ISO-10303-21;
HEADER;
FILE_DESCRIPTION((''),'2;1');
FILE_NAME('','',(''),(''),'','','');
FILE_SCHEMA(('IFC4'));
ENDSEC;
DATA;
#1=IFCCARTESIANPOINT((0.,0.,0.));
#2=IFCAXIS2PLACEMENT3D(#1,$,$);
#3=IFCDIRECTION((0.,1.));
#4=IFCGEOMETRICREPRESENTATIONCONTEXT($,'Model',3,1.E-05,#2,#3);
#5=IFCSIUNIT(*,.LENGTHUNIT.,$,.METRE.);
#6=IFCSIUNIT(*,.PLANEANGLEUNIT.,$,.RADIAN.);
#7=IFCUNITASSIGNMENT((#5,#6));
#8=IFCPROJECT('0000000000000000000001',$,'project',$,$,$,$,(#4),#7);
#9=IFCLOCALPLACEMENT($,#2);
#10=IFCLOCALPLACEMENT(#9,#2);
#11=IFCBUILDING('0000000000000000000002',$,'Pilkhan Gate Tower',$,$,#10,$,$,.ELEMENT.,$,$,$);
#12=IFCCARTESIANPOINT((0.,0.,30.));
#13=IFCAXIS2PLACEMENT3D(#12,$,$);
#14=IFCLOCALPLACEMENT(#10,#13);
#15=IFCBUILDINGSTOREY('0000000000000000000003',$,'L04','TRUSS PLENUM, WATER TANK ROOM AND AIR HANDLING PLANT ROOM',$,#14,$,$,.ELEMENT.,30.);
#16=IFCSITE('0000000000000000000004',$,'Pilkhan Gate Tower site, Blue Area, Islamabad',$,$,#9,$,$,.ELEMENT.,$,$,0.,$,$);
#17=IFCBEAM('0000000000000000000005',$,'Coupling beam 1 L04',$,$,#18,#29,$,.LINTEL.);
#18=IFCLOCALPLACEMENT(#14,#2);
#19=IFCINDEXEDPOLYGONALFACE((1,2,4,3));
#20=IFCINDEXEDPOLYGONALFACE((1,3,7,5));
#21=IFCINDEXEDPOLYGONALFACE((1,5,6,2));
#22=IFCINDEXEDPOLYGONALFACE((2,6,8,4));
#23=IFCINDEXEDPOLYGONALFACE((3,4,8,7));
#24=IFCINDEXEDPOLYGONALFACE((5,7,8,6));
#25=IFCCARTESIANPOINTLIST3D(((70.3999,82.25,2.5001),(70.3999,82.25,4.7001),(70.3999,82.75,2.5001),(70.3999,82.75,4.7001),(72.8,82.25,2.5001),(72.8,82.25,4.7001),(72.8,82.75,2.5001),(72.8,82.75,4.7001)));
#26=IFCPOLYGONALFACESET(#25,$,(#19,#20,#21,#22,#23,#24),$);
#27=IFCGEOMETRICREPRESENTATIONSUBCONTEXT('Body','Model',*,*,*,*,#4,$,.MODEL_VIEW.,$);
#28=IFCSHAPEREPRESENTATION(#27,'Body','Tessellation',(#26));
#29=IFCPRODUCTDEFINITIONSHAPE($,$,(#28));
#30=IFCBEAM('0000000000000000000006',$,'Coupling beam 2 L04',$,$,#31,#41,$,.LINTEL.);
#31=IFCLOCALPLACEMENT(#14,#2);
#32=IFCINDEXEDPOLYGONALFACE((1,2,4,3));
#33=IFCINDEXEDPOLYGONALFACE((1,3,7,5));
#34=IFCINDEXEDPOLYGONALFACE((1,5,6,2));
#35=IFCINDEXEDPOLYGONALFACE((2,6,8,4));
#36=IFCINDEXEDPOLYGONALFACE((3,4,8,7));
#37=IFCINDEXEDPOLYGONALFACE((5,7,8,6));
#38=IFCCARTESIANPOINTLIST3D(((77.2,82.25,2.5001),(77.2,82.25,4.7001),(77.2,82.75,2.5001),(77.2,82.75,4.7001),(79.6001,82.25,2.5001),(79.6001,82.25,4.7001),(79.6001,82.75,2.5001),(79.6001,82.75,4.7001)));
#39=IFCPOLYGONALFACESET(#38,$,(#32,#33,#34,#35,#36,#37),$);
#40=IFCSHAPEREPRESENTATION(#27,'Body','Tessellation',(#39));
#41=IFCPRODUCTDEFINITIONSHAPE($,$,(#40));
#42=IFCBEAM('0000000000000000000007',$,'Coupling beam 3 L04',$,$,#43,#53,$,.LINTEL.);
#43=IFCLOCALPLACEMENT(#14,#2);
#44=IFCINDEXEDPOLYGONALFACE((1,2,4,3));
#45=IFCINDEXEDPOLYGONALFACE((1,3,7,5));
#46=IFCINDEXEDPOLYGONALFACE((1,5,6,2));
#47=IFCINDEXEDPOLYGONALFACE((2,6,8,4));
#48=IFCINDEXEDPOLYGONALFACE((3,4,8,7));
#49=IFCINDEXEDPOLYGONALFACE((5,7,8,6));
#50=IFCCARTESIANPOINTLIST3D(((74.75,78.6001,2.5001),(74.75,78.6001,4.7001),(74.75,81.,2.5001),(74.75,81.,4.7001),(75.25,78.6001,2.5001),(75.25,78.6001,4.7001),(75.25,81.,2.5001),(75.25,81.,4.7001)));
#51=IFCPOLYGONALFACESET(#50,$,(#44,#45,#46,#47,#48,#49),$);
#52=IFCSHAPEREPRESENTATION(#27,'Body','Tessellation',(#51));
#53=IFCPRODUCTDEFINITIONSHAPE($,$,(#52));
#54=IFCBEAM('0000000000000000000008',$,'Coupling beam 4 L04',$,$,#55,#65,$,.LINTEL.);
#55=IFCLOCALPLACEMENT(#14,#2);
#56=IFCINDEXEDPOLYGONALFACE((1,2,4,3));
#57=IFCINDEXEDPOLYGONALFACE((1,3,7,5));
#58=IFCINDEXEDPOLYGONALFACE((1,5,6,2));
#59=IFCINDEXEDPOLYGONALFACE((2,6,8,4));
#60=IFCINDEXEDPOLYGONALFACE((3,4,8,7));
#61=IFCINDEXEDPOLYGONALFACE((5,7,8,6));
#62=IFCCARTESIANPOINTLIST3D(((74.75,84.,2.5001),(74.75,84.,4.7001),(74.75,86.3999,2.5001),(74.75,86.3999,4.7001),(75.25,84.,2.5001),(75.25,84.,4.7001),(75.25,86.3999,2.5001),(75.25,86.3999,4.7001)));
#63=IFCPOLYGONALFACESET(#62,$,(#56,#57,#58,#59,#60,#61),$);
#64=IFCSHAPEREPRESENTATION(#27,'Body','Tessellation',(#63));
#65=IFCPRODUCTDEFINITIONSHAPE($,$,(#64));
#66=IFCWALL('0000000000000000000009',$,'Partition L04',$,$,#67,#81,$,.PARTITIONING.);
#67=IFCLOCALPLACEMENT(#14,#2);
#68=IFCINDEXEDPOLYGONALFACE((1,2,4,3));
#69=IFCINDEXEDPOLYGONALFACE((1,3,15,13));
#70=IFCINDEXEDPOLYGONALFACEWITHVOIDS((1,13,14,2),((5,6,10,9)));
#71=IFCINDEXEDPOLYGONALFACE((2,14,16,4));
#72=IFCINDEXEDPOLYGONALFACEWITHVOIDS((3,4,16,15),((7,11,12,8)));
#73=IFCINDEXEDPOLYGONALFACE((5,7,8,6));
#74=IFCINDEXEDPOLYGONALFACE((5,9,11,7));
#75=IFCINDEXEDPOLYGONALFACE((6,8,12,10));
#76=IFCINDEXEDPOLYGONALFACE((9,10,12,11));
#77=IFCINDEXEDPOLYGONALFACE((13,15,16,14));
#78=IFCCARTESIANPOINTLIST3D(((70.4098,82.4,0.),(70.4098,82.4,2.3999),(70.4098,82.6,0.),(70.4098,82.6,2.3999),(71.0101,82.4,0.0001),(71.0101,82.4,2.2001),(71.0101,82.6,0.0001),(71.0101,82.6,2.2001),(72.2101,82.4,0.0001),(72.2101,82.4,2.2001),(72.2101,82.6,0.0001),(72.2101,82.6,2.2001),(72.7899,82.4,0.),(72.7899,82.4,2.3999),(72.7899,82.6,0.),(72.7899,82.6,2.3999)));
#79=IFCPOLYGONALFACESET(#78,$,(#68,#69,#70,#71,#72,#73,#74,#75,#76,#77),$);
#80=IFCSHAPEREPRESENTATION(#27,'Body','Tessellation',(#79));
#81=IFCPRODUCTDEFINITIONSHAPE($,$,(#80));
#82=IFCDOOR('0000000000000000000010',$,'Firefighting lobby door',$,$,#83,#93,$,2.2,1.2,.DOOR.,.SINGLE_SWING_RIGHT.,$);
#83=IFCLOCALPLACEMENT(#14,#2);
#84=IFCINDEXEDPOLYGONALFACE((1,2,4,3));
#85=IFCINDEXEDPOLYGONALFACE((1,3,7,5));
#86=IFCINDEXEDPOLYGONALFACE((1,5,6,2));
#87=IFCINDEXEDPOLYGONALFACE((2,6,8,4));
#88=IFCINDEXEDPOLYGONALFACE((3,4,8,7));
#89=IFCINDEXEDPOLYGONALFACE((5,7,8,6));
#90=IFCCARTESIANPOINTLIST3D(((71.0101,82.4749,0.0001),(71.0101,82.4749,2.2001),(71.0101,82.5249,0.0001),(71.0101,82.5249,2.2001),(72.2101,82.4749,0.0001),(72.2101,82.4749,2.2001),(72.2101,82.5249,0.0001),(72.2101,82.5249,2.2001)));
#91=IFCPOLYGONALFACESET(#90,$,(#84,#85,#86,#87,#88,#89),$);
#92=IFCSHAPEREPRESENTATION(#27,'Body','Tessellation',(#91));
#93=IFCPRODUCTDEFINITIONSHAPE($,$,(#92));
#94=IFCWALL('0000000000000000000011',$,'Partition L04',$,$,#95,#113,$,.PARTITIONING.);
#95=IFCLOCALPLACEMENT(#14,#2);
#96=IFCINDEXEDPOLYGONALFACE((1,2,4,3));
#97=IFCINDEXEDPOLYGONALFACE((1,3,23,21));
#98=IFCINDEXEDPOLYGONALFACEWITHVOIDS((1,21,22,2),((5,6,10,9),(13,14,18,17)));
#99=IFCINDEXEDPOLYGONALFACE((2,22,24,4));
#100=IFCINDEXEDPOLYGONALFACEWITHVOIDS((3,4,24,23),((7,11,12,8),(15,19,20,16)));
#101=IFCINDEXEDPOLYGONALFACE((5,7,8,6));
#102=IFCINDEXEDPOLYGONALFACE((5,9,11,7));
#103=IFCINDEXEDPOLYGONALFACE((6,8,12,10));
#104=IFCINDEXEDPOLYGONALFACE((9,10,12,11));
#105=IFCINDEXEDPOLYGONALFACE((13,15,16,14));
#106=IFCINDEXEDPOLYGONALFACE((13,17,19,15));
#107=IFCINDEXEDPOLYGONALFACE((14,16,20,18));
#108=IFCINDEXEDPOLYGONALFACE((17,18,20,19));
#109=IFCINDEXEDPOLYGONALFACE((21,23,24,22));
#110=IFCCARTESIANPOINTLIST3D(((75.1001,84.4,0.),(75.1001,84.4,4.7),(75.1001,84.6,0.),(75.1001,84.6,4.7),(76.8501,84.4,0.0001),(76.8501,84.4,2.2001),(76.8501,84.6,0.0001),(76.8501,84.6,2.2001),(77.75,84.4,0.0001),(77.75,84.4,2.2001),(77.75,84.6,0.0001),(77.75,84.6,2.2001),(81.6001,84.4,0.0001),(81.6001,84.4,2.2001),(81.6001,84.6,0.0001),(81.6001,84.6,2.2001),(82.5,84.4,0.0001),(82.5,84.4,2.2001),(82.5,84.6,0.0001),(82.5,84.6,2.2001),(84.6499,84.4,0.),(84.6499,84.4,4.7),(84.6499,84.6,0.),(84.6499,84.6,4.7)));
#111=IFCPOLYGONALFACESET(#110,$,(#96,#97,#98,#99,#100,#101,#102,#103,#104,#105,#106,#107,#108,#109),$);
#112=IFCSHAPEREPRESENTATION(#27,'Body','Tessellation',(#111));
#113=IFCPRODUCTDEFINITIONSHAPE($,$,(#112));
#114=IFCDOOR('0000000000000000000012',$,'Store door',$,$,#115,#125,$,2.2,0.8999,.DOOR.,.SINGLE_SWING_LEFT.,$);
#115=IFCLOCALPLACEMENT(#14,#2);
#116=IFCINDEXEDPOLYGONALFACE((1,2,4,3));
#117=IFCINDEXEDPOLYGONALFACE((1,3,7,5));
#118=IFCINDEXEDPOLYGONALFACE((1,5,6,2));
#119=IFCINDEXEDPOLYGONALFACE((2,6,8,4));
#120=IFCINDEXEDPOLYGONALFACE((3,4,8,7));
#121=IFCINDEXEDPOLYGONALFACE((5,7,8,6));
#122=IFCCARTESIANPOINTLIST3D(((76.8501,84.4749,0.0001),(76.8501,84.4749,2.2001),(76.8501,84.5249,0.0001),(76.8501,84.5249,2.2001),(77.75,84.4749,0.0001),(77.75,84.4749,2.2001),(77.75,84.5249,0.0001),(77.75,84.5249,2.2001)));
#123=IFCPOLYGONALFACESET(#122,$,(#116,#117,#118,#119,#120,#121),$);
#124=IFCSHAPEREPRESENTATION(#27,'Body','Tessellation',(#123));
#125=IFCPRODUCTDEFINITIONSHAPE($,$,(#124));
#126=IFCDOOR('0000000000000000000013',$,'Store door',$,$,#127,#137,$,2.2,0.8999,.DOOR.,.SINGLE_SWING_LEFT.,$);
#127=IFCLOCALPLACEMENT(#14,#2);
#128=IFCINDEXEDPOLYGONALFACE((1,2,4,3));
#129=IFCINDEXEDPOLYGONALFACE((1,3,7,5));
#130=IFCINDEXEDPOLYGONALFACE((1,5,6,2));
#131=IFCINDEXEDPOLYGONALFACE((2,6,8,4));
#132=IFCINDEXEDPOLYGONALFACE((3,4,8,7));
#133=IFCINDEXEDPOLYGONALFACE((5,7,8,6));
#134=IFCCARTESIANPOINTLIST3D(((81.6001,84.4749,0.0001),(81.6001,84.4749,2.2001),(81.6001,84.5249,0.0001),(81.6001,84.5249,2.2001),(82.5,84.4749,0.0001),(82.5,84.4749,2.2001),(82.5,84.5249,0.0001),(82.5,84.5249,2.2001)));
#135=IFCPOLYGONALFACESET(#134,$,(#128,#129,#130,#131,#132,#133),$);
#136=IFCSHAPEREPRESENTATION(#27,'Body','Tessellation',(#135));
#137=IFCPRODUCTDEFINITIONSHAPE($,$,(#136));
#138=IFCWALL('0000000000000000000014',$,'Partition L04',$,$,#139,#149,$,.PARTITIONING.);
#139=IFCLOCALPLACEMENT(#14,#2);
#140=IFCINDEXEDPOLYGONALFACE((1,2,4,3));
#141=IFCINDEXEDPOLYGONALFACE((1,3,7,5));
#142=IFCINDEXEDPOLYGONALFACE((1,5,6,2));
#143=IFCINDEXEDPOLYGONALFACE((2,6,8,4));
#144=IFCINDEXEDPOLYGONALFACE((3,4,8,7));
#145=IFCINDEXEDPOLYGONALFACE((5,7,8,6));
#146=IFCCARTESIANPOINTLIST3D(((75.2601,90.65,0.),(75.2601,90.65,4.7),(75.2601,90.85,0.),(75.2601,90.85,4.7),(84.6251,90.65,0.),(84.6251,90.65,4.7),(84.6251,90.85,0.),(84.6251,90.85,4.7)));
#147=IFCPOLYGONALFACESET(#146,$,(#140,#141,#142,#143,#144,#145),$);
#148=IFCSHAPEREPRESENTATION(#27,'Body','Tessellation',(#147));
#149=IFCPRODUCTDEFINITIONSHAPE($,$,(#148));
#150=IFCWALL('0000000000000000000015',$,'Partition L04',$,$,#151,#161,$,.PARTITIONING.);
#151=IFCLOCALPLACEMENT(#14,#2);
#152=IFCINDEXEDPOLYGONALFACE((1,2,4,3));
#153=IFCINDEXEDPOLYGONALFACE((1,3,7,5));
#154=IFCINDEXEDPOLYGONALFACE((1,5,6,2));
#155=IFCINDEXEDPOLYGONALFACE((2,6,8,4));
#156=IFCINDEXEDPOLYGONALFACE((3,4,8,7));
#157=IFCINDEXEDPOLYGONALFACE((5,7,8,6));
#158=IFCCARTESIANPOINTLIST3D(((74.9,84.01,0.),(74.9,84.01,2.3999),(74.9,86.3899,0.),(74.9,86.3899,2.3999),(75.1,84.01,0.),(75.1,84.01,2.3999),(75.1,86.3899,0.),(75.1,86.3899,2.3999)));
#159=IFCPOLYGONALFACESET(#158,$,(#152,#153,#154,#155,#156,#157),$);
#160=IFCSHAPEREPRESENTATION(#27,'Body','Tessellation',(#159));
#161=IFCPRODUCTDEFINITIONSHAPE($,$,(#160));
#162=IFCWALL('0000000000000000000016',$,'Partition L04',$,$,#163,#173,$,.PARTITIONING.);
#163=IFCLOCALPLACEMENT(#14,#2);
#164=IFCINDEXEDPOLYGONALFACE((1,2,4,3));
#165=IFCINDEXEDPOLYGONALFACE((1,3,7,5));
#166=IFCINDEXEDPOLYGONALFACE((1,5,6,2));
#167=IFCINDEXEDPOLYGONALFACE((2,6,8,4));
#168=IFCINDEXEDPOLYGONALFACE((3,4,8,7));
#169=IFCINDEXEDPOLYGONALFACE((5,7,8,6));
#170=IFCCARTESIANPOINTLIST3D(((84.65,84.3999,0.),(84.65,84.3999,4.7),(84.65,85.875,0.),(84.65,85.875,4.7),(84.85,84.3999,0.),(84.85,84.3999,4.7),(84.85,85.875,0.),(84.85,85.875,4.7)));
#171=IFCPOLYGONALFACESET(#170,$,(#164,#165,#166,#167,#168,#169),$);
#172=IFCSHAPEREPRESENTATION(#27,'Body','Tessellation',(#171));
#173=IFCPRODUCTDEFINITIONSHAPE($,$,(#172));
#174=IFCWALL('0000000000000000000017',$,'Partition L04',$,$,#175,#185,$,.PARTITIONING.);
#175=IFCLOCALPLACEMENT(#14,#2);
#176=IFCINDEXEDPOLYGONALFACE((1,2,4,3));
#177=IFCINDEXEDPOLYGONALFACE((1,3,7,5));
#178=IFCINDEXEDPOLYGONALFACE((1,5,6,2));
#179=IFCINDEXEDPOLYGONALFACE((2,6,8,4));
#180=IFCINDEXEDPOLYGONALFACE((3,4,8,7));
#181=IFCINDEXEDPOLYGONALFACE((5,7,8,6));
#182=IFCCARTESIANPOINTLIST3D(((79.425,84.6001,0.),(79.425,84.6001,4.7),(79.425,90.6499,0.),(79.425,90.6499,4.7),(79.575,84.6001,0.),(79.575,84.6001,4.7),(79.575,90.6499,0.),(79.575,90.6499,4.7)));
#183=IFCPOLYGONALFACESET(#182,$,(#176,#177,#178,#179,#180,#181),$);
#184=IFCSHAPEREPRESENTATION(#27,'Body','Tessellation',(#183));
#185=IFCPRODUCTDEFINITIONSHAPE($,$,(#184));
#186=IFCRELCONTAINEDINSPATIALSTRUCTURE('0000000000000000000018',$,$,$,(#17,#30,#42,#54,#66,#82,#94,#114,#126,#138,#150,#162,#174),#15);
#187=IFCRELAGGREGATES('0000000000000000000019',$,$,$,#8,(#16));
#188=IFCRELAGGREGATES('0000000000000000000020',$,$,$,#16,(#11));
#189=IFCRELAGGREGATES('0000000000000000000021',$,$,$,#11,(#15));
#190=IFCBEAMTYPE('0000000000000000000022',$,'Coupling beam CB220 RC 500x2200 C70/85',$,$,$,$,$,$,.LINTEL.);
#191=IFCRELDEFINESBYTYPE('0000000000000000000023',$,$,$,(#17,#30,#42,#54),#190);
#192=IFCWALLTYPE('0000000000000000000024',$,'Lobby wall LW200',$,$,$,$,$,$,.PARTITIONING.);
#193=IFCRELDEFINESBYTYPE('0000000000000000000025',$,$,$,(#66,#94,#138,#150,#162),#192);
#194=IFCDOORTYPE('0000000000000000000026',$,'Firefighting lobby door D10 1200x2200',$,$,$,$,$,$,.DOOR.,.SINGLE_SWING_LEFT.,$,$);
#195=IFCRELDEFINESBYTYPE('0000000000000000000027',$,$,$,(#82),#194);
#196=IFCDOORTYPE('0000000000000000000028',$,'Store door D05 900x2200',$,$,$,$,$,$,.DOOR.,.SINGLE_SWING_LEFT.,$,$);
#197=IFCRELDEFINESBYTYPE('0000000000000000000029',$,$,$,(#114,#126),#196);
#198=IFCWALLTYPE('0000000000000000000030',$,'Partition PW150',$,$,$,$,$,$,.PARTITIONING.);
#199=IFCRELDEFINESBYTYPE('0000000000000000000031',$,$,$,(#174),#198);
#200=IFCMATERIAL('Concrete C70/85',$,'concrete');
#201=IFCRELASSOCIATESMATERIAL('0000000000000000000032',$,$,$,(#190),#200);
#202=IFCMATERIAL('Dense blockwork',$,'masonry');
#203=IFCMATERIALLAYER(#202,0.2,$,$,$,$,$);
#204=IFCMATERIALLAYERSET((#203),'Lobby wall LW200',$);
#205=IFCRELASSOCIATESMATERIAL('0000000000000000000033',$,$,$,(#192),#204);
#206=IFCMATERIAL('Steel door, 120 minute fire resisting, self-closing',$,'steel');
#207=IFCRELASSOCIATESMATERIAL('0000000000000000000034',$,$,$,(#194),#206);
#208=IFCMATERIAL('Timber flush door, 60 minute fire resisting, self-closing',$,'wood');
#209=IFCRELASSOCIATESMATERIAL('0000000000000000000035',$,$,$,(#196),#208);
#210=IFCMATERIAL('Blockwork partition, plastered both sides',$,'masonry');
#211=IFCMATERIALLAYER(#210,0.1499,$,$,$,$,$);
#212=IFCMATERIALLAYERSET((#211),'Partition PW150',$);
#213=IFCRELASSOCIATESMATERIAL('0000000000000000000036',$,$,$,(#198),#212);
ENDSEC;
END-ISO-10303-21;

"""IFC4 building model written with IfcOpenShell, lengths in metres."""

from ifc_helpers import new_model, si_unit, direction, frame, frame_2d, origin, origin_2d, place, context, subcontext, project, spatial, rectangle, extrude, material, layer, layer_set, material_profile, profile_set, type_object, element, fill, save


model = new_model("IFC4")

# Units and contexts
model_context = context("Model", 3, precision=1e-05, world=origin(), true_north=direction((0.0, 1.0)))
body_context = subcontext(model_context, "Body", "Model", "MODEL_VIEW")
ifc_project = project(units=[si_unit("LENGTHUNIT", "METRE"), si_unit("PLANEANGLEUNIT", "RADIAN")], contexts=[model_context])

# Site, building, storey
site_placement = place(None, origin())
site = spatial("IfcSite", under=ifc_project, at=site_placement, Name="Pilkhan Gate Tower site, Blue Area, Islamabad", CompositionType="ELEMENT", RefElevation=0.0)
building_placement = place(site_placement, origin())
building = spatial("IfcBuilding", under=site, at=building_placement, Name="Pilkhan Gate Tower", CompositionType="ELEMENT")
storey_placement = place(building_placement, frame((0.0, 0.0, 30.0)))
storey = spatial("IfcBuildingStorey", under=building, at=storey_placement, Name="L04", Description="TRUSS PLENUM, WATER TANK ROOM AND AIR HANDLING PLANT ROOM", CompositionType="ELEMENT", Elevation=30.0)

# Beams
ifc_material_1 = material(Name="Concrete C70/85", Category="concrete")
ifc_material_profile = material_profile(ifc_material_1, rectangle(XDim=0.5, YDim=2.2, at=origin_2d()), Name="RC 500x2200")
ifc_profile_set = profile_set([ifc_material_profile], Name="Concrete C70/85")
beam_type = type_object("IfcBeamType", Name="Coupling beam CB220 RC 500x2200 C70/85", PredefinedType="LINTEL", material=ifc_profile_set)
for number, where, z_axis, x_axis, name in (
    (1, (70.3999, 82.5, 3.6001), (1.0, 0.0, 0.0), (0.0, 1.0, 0.0), "Coupling beam 1 L04"),
    (2, (77.2, 82.5, 3.6001), (1.0, 0.0, 0.0), (0.0, 1.0, 0.0), "Coupling beam 2 L04"),
):
    element("IfcBeam", number, at=place(storey_placement, frame(where, z_axis=z_axis, x_axis=x_axis)), inside=storey, type_object=beam_type, Name=name, PredefinedType="LINTEL", context=body_context, shape_type="SweptSolid", body=[
        extrude(rectangle(XDim=0.5, YDim=2.2, at=origin_2d()), origin(), (0.0, 0.0, 1.0), 2.4001),
    ])
for number, where, z_axis, x_axis, name in (
    (3, (75.0, 78.6001, 3.6001), (0.0, 1.0, 0.0), (-1.0, 0.0, 0.0), "Coupling beam 3 L04"),
    (4, (75.0, 84.0, 3.6001), (0.0, 1.0, 0.0), (-1.0, 0.0, 0.0), "Coupling beam 4 L04"),
):
    element("IfcBeam", number, at=place(storey_placement, frame(where, z_axis=z_axis, x_axis=x_axis)), inside=storey, type_object=beam_type, Name=name, PredefinedType="LINTEL", context=body_context, shape_type="SweptSolid", body=[
        extrude(rectangle(XDim=0.5, YDim=2.2, at=origin_2d()), origin(), (0.0, 0.0, 1.0), 2.3999),
    ])

# Wall, opening, door
ifc_material_2 = material(Name="Dense blockwork", Category="masonry")
ifc_layer_1 = layer(ifc_material_2, 0.2)
ifc_layer_set_1 = layer_set([ifc_layer_1], Name="Lobby wall LW200")
wall_type_1 = type_object("IfcWallType", Name="Lobby wall LW200", PredefinedType="PARTITIONING", material=ifc_layer_set_1)
wall_1_placement = place(storey_placement, frame((70.4099, 82.5, 0.0), z_axis=(0.0, 0.0, 1.0), x_axis=(1.0, 0.0, 0.0)))
wall_1 = element("IfcWall", 5, at=wall_1_placement, inside=storey, type_object=wall_type_1, Name="Partition L04", PredefinedType="PARTITIONING", context=body_context, shape_type="SweptSolid", body=[
    extrude(rectangle(XDim=2.3801, YDim=0.2, at=frame_2d((1.1899, 0.0))), origin(), (0.0, 0.0, 1.0), 2.3999),
])
opening_1_placement = place(wall_1_placement, frame((0.6001, 0.0, 0.0)))
opening_1 = element("IfcOpeningElement", 6, at=opening_1_placement, cuts=wall_1, PredefinedType="OPENING", context=body_context, shape_type="SweptSolid", body=[
    extrude(rectangle(XDim=1.2, YDim=2.2, at=frame_2d((0.6001, 1.1001))), frame((0.0, 0.1099, 0.0), z_axis=(0.0, -1.0, 0.0), x_axis=(1.0, 0.0, 0.0)), (0.0, 0.0, 1.0), 0.22),
])
ifc_material_3 = material(Name="Steel door, 120 minute fire resisting, self-closing", Category="steel")
door_type_1 = type_object("IfcDoorType", Name="Firefighting lobby door D10 1200x2200", OperationType="SINGLE_SWING_LEFT", PredefinedType="DOOR", material=ifc_material_3)
door_1_placement = place(opening_1_placement, origin())
door_1 = element("IfcDoor", 7, at=door_1_placement, inside=storey, type_object=door_type_1, Name="Firefighting lobby door", OperationType="SINGLE_SWING_RIGHT", OverallHeight=2.2, OverallWidth=1.2, PredefinedType="DOOR", context=body_context, shape_type="SweptSolid", body=[
    extrude(rectangle(XDim=1.2, YDim=2.2, at=frame_2d((0.6001, 1.1001))), frame((0.0, 0.0249, 0.0), z_axis=(0.0, -1.0, 0.0), x_axis=(1.0, 0.0, 0.0)), (0.0, 0.0, 1.0), 0.05),
])
fill(opening_1, door_1)

# Wall, openings, doors
wall_2_placement = place(storey_placement, frame((75.1001, 84.5, 0.0), z_axis=(0.0, 0.0, 1.0), x_axis=(1.0, 0.0, 0.0)))
wall_2 = element("IfcWall", 8, at=wall_2_placement, inside=storey, type_object=wall_type_1, Name="Partition L04", PredefinedType="PARTITIONING", context=body_context, shape_type="SweptSolid", body=[
    extrude(rectangle(XDim=9.5498, YDim=0.2, at=frame_2d((4.7749, 0.0))), origin(), (0.0, 0.0, 1.0), 4.7),
])
opening_2_placement = place(wall_2_placement, frame((1.75, 0.0, 0.0)))
opening_2 = element("IfcOpeningElement", 9, at=opening_2_placement, cuts=wall_2, PredefinedType="OPENING", context=body_context, shape_type="SweptSolid", body=[
    extrude(rectangle(XDim=0.8999, YDim=2.2, at=frame_2d((0.45, 1.1001))), frame((0.0, 0.1099, 0.0), z_axis=(0.0, -1.0, 0.0), x_axis=(1.0, 0.0, 0.0)), (0.0, 0.0, 1.0), 0.22),
])
opening_3_placement = place(wall_2_placement, frame((6.5, 0.0, 0.0)))
opening_3 = element("IfcOpeningElement", 10, at=opening_3_placement, cuts=wall_2, PredefinedType="OPENING", context=body_context, shape_type="SweptSolid", body=[
    extrude(rectangle(XDim=0.8999, YDim=2.2, at=frame_2d((0.45, 1.1001))), frame((0.0, 0.1099, 0.0), z_axis=(0.0, -1.0, 0.0), x_axis=(1.0, 0.0, 0.0)), (0.0, 0.0, 1.0), 0.22),
])
ifc_material_4 = material(Name="Timber flush door, 60 minute fire resisting, self-closing", Category="wood")
door_type_2 = type_object("IfcDoorType", Name="Store door D05 900x2200", OperationType="SINGLE_SWING_LEFT", PredefinedType="DOOR", material=ifc_material_4)
door_2_placement = place(opening_2_placement, origin())
door_2 = element("IfcDoor", 11, at=door_2_placement, inside=storey, type_object=door_type_2, Name="Store door", OperationType="SINGLE_SWING_LEFT", OverallHeight=2.2, OverallWidth=0.8999, PredefinedType="DOOR", context=body_context, shape_type="SweptSolid", body=[
    extrude(rectangle(XDim=0.8999, YDim=2.2, at=frame_2d((0.45, 1.1001))), frame((0.0, 0.0249, 0.0), z_axis=(0.0, -1.0, 0.0), x_axis=(1.0, 0.0, 0.0)), (0.0, 0.0, 1.0), 0.05),
])
fill(opening_2, door_2)
door_3_placement = place(opening_3_placement, origin())
door_3 = element("IfcDoor", 12, at=door_3_placement, inside=storey, type_object=door_type_2, Name="Store door", OperationType="SINGLE_SWING_LEFT", OverallHeight=2.2, OverallWidth=0.8999, PredefinedType="DOOR", context=body_context, shape_type="SweptSolid", body=[
    extrude(rectangle(XDim=0.8999, YDim=2.2, at=frame_2d((0.45, 1.1001))), frame((0.0, 0.0249, 0.0), z_axis=(0.0, -1.0, 0.0), x_axis=(1.0, 0.0, 0.0)), (0.0, 0.0, 1.0), 0.05),
])
fill(opening_3, door_3)

# Walls
wall_3_placement = place(storey_placement, frame((75.26, 90.75, 0.0), z_axis=(0.0, 0.0, 1.0), x_axis=(1.0, 0.0, 0.0)))
element("IfcWall", 13, at=wall_3_placement, inside=storey, type_object=wall_type_1, Name="Partition L04", PredefinedType="PARTITIONING", context=body_context, shape_type="SweptSolid", body=[
    extrude(rectangle(XDim=9.365, YDim=0.2, at=frame_2d((4.6826, 0.0))), origin(), (0.0, 0.0, 1.0), 4.7),
])
wall_4_placement = place(storey_placement, frame((75.0, 84.01, 0.0), z_axis=(0.0, 0.0, 1.0), x_axis=(0.0, 1.0, 0.0)))
element("IfcWall", 14, at=wall_4_placement, inside=storey, type_object=wall_type_1, Name="Partition L04", PredefinedType="PARTITIONING", context=body_context, shape_type="SweptSolid", body=[
    extrude(rectangle(XDim=2.3799, YDim=0.2, at=frame_2d((1.1899, 0.0))), origin(), (0.0, 0.0, 1.0), 2.3999),
])
wall_5_placement = place(storey_placement, frame((84.75, 84.3999, 0.0), z_axis=(0.0, 0.0, 1.0), x_axis=(0.0, 1.0, 0.0)))
element("IfcWall", 15, at=wall_5_placement, inside=storey, type_object=wall_type_1, Name="Partition L04", PredefinedType="PARTITIONING", context=body_context, shape_type="SweptSolid", body=[
    extrude(rectangle(XDim=1.4751, YDim=0.2, at=frame_2d((0.7375, 0.0))), origin(), (0.0, 0.0, 1.0), 4.7),
])
ifc_material_5 = material(Name="Blockwork partition, plastered both sides", Category="masonry")
ifc_layer_2 = layer(ifc_material_5, 0.1499)
ifc_layer_set_2 = layer_set([ifc_layer_2], Name="Partition PW150")
wall_type_2 = type_object("IfcWallType", Name="Partition PW150", PredefinedType="PARTITIONING", material=ifc_layer_set_2)
wall_6_placement = place(storey_placement, frame((79.5, 84.6001, 0.0), z_axis=(0.0, 0.0, 1.0), x_axis=(0.0, 1.0, 0.0)))
element("IfcWall", 16, at=wall_6_placement, inside=storey, type_object=wall_type_2, Name="Partition L04", PredefinedType="PARTITIONING", context=body_context, shape_type="SweptSolid", body=[
    extrude(rectangle(XDim=6.0498, YDim=0.1499, at=frame_2d((3.0249, 0.0))), origin(), (0.0, 0.0, 1.0), 4.7),
])

save(model, "model.ifc")
